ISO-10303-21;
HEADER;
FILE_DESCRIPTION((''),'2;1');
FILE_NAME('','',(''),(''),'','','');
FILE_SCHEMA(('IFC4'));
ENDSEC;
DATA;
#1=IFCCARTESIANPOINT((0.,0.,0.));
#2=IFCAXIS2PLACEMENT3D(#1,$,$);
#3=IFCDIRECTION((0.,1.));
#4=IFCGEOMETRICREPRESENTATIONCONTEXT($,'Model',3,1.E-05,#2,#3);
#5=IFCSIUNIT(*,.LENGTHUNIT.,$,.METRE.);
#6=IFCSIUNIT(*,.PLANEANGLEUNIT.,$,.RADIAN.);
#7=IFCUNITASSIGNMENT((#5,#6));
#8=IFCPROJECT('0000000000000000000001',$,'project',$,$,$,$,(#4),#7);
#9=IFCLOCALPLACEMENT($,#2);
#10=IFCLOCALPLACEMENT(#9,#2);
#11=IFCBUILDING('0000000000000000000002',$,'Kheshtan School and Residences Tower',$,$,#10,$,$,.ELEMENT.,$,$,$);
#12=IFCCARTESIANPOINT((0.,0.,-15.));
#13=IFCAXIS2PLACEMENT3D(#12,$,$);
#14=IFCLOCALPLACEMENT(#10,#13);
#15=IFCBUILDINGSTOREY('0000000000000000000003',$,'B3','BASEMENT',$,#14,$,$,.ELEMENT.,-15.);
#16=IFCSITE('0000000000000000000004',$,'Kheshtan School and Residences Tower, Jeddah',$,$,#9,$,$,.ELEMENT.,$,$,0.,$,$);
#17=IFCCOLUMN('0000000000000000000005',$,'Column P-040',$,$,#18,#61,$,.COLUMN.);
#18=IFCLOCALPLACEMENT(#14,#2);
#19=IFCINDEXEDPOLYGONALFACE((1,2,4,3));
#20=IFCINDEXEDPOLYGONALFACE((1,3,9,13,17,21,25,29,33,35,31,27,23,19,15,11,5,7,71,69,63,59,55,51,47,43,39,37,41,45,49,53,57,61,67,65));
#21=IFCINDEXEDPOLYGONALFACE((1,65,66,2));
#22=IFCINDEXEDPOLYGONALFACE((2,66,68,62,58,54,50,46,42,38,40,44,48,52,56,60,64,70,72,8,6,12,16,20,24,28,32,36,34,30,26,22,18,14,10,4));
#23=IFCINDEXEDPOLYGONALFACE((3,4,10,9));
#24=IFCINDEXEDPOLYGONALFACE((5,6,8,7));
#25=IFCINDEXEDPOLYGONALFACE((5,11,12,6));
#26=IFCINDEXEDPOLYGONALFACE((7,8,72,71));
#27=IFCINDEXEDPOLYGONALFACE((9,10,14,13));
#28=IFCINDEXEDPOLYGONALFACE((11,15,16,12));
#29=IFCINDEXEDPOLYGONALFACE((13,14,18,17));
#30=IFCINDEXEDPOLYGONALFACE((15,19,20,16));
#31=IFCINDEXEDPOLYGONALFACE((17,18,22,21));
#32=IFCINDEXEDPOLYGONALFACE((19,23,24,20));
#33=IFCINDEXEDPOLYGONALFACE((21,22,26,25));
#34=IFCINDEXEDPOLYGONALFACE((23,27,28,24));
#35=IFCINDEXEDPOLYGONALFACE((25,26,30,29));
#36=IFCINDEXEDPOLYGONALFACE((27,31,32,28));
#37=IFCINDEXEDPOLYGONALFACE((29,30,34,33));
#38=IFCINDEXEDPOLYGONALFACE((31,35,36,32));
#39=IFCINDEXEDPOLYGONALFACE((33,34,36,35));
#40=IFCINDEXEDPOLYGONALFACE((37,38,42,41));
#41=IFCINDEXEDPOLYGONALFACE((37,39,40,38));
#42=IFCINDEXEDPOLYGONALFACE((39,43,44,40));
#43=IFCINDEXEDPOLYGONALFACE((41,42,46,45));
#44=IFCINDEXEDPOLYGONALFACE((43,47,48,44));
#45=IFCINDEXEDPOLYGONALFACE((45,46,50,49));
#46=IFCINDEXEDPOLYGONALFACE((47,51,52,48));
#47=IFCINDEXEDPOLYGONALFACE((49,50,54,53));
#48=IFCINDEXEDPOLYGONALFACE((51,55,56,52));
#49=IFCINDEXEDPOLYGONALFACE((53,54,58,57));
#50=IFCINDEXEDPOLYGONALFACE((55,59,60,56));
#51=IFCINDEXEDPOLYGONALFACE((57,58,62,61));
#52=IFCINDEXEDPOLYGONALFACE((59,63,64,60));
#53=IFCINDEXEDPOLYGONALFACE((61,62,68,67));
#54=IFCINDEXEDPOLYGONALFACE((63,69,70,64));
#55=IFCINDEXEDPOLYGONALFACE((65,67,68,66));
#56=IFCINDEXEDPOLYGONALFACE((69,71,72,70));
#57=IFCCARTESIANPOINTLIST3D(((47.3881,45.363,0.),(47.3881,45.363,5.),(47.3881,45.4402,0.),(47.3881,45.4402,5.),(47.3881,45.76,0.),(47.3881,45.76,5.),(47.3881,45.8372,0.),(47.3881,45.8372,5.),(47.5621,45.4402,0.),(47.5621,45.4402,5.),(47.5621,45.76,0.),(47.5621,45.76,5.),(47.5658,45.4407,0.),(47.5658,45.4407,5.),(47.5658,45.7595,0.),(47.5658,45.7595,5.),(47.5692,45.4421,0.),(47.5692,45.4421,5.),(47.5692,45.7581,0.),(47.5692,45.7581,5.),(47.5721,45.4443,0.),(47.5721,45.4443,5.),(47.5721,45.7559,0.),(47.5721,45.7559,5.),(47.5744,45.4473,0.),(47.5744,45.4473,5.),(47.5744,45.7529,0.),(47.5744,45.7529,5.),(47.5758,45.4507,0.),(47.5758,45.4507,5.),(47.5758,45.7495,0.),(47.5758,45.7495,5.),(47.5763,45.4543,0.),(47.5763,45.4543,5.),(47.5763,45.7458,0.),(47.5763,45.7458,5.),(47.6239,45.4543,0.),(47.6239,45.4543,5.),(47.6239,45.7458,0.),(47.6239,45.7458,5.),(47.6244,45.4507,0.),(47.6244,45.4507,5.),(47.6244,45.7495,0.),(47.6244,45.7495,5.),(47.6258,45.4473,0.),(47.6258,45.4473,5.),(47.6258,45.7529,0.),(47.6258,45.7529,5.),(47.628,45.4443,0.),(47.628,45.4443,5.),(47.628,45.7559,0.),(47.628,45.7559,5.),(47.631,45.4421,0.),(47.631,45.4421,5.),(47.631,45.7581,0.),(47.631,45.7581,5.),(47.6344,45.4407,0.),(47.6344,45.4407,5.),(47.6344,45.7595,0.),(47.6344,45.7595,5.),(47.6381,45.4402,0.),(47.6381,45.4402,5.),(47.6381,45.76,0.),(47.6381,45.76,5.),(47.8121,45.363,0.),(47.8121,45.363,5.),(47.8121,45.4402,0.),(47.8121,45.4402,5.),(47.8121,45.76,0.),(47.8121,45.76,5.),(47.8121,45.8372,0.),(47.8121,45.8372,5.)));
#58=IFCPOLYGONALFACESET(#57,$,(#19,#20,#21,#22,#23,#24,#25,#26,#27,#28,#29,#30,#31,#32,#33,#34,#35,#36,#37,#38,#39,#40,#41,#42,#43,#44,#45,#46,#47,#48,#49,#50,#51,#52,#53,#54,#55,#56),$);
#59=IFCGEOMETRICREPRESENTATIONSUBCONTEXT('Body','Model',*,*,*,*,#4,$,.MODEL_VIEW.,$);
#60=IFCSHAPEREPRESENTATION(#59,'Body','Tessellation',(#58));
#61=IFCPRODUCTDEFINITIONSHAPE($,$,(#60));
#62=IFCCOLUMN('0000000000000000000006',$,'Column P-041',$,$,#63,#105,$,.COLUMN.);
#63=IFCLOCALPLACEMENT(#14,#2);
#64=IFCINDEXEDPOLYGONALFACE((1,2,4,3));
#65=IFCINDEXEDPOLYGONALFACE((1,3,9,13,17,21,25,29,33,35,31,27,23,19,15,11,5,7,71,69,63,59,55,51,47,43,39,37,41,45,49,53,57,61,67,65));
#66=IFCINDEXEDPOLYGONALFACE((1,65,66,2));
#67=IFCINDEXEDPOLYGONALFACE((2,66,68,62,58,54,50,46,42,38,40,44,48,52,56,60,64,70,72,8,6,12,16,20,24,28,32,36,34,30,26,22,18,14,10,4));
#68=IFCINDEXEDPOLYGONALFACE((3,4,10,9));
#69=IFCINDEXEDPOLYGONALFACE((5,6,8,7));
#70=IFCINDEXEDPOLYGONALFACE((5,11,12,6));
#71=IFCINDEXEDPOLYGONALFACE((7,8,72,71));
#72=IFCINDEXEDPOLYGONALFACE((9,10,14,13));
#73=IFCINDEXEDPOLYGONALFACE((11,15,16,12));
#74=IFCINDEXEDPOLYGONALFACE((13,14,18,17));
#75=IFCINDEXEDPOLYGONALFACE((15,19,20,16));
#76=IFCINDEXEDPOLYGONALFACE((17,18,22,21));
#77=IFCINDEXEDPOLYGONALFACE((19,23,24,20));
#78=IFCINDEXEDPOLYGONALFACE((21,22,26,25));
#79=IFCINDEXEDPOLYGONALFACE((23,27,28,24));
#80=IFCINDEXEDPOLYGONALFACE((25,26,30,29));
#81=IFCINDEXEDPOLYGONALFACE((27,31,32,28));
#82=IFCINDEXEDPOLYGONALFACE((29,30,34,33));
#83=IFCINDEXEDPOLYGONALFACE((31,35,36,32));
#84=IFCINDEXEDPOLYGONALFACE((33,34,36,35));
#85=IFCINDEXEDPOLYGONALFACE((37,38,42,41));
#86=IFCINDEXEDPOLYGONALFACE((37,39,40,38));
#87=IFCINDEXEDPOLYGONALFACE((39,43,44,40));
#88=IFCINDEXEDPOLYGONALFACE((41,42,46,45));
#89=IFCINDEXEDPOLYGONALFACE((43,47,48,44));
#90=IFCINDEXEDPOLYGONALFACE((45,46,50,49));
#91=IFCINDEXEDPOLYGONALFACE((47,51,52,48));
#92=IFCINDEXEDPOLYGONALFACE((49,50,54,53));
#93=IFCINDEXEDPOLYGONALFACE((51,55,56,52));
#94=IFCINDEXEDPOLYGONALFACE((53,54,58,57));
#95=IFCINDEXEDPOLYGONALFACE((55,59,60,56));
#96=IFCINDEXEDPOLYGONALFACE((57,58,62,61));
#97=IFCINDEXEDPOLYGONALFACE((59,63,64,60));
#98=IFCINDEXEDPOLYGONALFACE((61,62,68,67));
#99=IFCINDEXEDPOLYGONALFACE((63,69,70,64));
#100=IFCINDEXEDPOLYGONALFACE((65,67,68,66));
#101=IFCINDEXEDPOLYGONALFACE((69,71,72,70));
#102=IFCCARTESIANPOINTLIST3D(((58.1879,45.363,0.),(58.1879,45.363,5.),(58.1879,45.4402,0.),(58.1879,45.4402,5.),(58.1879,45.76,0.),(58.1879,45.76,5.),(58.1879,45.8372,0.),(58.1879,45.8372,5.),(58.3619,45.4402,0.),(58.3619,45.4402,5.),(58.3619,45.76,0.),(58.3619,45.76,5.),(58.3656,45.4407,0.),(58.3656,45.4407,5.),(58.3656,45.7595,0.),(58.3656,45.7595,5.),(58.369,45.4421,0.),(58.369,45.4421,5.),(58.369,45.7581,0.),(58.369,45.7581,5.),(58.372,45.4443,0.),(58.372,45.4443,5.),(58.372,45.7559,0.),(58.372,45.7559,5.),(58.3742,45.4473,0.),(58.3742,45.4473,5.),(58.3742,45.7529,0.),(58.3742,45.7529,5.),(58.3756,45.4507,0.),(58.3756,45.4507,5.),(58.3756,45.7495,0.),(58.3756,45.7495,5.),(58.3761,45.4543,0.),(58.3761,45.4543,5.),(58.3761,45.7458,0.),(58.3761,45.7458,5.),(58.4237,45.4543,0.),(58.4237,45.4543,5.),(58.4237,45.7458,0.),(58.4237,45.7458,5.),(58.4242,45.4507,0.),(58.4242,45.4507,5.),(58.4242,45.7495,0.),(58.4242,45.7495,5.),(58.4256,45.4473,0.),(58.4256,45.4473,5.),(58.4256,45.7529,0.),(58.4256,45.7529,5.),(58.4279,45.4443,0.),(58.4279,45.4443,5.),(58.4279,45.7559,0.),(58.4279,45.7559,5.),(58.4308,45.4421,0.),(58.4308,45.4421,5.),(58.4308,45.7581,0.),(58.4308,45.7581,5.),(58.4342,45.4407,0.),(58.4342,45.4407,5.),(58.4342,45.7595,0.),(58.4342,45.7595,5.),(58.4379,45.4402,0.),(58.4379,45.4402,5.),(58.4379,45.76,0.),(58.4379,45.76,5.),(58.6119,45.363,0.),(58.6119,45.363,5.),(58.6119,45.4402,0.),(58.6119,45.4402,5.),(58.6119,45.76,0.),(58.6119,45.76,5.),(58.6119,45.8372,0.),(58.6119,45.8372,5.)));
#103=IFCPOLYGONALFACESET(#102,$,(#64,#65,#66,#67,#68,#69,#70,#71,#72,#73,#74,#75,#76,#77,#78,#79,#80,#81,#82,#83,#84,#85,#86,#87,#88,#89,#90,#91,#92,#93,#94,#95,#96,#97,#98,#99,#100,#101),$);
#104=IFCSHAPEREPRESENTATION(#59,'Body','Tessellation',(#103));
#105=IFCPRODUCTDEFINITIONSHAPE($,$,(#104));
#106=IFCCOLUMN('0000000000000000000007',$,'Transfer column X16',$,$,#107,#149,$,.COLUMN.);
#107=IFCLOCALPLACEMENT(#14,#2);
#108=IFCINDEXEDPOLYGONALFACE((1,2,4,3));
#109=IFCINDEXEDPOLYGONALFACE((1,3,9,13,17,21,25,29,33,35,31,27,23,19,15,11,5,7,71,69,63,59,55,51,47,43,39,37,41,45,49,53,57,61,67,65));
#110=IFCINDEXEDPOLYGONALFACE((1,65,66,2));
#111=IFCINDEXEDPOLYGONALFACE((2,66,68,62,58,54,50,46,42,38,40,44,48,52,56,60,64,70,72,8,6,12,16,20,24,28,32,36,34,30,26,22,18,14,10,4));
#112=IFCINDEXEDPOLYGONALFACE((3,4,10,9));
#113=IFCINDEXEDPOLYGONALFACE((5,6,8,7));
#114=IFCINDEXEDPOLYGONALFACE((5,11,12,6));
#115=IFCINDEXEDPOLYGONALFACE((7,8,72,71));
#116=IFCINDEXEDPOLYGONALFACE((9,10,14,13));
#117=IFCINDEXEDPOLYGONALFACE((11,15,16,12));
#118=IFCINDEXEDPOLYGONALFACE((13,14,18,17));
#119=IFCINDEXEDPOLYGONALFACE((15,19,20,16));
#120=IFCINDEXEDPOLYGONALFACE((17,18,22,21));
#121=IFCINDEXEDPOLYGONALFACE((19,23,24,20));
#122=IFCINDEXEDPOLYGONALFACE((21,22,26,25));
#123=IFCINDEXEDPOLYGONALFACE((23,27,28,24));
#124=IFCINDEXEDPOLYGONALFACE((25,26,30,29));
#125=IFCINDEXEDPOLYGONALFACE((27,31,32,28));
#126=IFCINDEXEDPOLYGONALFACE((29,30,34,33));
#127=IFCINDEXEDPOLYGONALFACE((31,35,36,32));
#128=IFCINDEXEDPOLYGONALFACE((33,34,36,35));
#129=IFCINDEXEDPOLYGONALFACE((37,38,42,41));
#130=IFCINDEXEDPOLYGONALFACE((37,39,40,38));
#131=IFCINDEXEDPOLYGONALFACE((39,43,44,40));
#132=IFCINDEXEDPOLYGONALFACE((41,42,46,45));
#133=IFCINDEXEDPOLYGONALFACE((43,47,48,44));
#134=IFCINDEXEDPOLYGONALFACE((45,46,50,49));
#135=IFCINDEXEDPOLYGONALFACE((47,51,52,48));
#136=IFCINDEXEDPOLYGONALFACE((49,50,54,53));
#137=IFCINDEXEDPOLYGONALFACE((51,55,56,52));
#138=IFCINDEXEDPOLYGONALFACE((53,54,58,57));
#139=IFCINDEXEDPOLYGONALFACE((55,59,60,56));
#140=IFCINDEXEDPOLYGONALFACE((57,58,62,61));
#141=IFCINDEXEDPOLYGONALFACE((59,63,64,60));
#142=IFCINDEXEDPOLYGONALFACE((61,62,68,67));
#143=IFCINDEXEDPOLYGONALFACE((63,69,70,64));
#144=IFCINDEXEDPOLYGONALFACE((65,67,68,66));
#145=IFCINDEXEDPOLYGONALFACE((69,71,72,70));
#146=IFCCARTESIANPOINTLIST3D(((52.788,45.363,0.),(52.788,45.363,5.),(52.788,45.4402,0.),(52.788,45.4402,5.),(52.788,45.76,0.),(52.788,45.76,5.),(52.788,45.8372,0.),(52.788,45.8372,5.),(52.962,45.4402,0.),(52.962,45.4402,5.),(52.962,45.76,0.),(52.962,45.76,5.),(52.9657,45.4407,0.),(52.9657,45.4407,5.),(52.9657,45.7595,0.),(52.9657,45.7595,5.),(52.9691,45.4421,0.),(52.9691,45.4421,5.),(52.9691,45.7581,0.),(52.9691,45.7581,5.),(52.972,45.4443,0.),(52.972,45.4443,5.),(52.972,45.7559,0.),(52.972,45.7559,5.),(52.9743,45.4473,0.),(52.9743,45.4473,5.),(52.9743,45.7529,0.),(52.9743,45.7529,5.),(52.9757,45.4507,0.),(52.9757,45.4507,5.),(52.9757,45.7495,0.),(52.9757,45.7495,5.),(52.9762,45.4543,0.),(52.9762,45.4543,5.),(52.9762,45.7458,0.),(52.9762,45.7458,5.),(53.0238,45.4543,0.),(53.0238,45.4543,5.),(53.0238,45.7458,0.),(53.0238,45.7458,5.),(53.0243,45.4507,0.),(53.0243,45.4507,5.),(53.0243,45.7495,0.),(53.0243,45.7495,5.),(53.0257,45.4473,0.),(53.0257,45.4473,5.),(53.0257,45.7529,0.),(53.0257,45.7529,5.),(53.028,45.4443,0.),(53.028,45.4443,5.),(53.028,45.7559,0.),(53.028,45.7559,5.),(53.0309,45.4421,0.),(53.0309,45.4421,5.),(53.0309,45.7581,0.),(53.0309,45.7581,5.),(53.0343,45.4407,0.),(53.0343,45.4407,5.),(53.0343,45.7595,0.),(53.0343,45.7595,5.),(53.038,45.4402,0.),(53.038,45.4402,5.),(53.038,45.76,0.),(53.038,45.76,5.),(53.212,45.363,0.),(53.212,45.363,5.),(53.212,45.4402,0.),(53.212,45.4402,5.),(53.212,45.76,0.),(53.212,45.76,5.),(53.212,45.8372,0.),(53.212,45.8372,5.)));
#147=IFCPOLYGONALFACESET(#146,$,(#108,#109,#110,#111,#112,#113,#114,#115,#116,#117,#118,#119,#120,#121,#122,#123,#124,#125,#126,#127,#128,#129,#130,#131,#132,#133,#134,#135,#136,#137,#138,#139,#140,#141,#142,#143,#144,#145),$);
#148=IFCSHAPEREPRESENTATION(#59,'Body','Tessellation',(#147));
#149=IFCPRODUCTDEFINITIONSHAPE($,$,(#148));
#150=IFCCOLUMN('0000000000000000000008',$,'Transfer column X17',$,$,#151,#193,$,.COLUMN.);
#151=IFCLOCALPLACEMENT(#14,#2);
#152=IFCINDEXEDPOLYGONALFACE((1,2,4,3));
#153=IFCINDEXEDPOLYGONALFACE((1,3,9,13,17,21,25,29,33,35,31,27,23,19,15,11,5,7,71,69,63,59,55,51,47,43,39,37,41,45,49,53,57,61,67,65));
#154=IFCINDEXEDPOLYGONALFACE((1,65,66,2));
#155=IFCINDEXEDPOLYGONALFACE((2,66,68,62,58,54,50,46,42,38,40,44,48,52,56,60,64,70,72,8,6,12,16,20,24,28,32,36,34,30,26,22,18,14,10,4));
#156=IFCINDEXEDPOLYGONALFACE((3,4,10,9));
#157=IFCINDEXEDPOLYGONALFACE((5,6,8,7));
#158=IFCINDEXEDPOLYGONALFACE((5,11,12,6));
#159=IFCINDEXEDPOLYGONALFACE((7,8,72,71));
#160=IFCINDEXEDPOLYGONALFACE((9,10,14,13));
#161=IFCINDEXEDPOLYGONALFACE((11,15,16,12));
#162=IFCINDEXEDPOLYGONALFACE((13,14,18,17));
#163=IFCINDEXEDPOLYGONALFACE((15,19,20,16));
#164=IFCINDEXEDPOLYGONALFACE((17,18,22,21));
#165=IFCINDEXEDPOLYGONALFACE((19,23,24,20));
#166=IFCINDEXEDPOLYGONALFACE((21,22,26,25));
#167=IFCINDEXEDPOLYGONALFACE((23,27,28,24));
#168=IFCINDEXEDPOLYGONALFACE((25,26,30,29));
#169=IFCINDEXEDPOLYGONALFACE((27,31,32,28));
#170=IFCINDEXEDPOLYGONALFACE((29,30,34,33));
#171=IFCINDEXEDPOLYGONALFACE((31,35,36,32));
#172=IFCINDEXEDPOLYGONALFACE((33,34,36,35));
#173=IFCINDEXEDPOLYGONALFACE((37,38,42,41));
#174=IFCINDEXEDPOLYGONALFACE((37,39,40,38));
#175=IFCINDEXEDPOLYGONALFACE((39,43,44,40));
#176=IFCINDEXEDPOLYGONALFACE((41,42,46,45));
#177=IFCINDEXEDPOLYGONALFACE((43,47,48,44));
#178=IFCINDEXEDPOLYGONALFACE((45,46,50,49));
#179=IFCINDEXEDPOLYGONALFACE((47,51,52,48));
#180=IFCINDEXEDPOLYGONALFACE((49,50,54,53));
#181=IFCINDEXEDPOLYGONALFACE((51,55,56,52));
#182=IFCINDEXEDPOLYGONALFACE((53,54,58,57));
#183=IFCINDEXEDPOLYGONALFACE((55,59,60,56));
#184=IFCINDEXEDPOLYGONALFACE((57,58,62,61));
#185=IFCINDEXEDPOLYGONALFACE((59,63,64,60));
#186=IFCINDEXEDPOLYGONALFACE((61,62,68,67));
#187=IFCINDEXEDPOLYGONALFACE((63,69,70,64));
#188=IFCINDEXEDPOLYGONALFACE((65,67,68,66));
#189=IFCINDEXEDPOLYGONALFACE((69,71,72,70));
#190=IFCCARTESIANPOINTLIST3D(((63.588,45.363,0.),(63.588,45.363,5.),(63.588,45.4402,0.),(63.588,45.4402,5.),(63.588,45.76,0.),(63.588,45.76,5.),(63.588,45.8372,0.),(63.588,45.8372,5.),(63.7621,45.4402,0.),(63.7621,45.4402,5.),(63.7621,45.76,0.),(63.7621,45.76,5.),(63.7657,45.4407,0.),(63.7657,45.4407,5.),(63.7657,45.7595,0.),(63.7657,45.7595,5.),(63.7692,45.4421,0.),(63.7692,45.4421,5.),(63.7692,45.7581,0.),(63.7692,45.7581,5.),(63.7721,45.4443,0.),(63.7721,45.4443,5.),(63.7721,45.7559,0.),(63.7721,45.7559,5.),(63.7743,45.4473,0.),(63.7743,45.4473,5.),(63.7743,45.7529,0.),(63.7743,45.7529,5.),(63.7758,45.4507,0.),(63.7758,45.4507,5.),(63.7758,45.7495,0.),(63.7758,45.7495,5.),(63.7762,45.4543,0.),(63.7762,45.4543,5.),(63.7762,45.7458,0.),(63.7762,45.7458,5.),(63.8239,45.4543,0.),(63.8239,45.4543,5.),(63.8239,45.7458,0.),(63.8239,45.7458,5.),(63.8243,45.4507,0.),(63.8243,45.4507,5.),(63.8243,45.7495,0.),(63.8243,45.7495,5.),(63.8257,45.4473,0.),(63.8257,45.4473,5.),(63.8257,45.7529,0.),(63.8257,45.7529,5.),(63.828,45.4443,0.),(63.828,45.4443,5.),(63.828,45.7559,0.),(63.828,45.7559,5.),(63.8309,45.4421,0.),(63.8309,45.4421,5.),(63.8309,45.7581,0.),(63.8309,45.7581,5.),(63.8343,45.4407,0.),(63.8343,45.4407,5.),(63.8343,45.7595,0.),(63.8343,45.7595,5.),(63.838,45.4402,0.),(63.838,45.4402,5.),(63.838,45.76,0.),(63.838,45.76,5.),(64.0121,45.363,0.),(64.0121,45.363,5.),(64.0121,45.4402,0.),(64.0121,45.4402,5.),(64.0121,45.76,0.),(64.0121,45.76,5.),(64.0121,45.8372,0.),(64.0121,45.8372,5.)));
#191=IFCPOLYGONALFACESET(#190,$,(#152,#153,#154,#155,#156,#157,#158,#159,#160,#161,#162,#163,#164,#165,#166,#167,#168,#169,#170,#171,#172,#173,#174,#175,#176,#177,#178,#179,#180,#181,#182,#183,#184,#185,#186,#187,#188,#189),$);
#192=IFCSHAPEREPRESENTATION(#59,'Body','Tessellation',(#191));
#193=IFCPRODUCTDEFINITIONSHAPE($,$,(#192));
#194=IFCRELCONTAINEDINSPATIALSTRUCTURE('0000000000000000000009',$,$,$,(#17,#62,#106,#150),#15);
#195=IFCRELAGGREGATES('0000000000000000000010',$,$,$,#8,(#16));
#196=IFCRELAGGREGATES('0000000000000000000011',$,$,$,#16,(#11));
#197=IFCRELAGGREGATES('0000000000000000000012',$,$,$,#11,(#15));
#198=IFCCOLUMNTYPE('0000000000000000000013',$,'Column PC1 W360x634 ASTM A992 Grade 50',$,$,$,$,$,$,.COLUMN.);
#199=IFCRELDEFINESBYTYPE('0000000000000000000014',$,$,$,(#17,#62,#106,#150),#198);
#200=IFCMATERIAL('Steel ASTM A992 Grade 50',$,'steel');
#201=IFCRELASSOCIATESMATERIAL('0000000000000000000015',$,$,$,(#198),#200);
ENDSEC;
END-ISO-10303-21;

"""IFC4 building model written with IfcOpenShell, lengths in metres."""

from ifc_helpers import new_model, si_unit, direction, frame, origin, origin_2d, place, context, subcontext, project, spatial, i_section, extrude, material, material_profile, profile_set, type_object, element, save


model = new_model("IFC4")

# Units and contexts
model_context = context("Model", 3, precision=1e-05, world=origin(), true_north=direction((0.0, 1.0)))
body_context = subcontext(model_context, "Body", "Model", "MODEL_VIEW")
ifc_project = project(units=[si_unit("LENGTHUNIT", "METRE"), si_unit("PLANEANGLEUNIT", "RADIAN")], contexts=[model_context])

# Site, building, storey
site_placement = place(None, origin())
site = spatial("IfcSite", under=ifc_project, at=site_placement, Name="Kheshtan School and Residences Tower, Jeddah", CompositionType="ELEMENT", RefElevation=0.0)
building_placement = place(site_placement, origin())
building = spatial("IfcBuilding", under=site, at=building_placement, Name="Kheshtan School and Residences Tower", CompositionType="ELEMENT")
storey_placement = place(building_placement, frame((0.0, 0.0, -15.0)))
storey = spatial("IfcBuildingStorey", under=building, at=storey_placement, Name="B3", Description="BASEMENT", CompositionType="ELEMENT", Elevation=-15.0)

# Columns
ifc_material_1 = material(Name="Steel ASTM A992 Grade 50", Category="steel")
ifc_material_profile_1 = material_profile(ifc_material_1, i_section(OverallWidth=0.4241, OverallDepth=0.4741, WebThickness=0.0476, FlangeThickness=0.0771, FilletRadius=0.0142, at=origin_2d()), Name="W360x634")
ifc_profile_set_1 = profile_set([ifc_material_profile_1], Name="Steel ASTM A992 Grade 50")
column_type = type_object("IfcColumnType", Name="Column PC1 W360x634 ASTM A992 Grade 50", PredefinedType="COLUMN", material=ifc_profile_set_1)
for number, where, z_axis, x_axis, name in (
    (1, (47.6001, 45.6001, 0.0), (0.0, 0.0, 1.0), (1.0, 0.0, 0.0), "Column P-040"),
    (2, (58.3999, 45.6001, 0.0), (0.0, 0.0, 1.0), (1.0, 0.0, 0.0), "Column P-041"),
    (3, (53.0, 45.6001, 0.0), (0.0, 0.0, 1.0), (1.0, 0.0, 0.0), "Transfer column X16"),
    (4, (63.8, 45.6001, 0.0), (0.0, 0.0, 1.0), (1.0, 0.0, 0.0), "Transfer column X17"),
):
    element("IfcColumn", number, at=place(storey_placement, frame(where, z_axis=z_axis, x_axis=x_axis)), inside=storey, type_object=column_type, Name=name, PredefinedType="COLUMN", context=body_context, shape_type="SweptSolid", body=[
        extrude(i_section(OverallWidth=0.4241, OverallDepth=0.4741, WebThickness=0.0476, FlangeThickness=0.0771, FilletRadius=0.0142, at=origin_2d()), origin(), (0.0, 0.0, 1.0), 5.0),
    ])

save(model, "model.ifc")
